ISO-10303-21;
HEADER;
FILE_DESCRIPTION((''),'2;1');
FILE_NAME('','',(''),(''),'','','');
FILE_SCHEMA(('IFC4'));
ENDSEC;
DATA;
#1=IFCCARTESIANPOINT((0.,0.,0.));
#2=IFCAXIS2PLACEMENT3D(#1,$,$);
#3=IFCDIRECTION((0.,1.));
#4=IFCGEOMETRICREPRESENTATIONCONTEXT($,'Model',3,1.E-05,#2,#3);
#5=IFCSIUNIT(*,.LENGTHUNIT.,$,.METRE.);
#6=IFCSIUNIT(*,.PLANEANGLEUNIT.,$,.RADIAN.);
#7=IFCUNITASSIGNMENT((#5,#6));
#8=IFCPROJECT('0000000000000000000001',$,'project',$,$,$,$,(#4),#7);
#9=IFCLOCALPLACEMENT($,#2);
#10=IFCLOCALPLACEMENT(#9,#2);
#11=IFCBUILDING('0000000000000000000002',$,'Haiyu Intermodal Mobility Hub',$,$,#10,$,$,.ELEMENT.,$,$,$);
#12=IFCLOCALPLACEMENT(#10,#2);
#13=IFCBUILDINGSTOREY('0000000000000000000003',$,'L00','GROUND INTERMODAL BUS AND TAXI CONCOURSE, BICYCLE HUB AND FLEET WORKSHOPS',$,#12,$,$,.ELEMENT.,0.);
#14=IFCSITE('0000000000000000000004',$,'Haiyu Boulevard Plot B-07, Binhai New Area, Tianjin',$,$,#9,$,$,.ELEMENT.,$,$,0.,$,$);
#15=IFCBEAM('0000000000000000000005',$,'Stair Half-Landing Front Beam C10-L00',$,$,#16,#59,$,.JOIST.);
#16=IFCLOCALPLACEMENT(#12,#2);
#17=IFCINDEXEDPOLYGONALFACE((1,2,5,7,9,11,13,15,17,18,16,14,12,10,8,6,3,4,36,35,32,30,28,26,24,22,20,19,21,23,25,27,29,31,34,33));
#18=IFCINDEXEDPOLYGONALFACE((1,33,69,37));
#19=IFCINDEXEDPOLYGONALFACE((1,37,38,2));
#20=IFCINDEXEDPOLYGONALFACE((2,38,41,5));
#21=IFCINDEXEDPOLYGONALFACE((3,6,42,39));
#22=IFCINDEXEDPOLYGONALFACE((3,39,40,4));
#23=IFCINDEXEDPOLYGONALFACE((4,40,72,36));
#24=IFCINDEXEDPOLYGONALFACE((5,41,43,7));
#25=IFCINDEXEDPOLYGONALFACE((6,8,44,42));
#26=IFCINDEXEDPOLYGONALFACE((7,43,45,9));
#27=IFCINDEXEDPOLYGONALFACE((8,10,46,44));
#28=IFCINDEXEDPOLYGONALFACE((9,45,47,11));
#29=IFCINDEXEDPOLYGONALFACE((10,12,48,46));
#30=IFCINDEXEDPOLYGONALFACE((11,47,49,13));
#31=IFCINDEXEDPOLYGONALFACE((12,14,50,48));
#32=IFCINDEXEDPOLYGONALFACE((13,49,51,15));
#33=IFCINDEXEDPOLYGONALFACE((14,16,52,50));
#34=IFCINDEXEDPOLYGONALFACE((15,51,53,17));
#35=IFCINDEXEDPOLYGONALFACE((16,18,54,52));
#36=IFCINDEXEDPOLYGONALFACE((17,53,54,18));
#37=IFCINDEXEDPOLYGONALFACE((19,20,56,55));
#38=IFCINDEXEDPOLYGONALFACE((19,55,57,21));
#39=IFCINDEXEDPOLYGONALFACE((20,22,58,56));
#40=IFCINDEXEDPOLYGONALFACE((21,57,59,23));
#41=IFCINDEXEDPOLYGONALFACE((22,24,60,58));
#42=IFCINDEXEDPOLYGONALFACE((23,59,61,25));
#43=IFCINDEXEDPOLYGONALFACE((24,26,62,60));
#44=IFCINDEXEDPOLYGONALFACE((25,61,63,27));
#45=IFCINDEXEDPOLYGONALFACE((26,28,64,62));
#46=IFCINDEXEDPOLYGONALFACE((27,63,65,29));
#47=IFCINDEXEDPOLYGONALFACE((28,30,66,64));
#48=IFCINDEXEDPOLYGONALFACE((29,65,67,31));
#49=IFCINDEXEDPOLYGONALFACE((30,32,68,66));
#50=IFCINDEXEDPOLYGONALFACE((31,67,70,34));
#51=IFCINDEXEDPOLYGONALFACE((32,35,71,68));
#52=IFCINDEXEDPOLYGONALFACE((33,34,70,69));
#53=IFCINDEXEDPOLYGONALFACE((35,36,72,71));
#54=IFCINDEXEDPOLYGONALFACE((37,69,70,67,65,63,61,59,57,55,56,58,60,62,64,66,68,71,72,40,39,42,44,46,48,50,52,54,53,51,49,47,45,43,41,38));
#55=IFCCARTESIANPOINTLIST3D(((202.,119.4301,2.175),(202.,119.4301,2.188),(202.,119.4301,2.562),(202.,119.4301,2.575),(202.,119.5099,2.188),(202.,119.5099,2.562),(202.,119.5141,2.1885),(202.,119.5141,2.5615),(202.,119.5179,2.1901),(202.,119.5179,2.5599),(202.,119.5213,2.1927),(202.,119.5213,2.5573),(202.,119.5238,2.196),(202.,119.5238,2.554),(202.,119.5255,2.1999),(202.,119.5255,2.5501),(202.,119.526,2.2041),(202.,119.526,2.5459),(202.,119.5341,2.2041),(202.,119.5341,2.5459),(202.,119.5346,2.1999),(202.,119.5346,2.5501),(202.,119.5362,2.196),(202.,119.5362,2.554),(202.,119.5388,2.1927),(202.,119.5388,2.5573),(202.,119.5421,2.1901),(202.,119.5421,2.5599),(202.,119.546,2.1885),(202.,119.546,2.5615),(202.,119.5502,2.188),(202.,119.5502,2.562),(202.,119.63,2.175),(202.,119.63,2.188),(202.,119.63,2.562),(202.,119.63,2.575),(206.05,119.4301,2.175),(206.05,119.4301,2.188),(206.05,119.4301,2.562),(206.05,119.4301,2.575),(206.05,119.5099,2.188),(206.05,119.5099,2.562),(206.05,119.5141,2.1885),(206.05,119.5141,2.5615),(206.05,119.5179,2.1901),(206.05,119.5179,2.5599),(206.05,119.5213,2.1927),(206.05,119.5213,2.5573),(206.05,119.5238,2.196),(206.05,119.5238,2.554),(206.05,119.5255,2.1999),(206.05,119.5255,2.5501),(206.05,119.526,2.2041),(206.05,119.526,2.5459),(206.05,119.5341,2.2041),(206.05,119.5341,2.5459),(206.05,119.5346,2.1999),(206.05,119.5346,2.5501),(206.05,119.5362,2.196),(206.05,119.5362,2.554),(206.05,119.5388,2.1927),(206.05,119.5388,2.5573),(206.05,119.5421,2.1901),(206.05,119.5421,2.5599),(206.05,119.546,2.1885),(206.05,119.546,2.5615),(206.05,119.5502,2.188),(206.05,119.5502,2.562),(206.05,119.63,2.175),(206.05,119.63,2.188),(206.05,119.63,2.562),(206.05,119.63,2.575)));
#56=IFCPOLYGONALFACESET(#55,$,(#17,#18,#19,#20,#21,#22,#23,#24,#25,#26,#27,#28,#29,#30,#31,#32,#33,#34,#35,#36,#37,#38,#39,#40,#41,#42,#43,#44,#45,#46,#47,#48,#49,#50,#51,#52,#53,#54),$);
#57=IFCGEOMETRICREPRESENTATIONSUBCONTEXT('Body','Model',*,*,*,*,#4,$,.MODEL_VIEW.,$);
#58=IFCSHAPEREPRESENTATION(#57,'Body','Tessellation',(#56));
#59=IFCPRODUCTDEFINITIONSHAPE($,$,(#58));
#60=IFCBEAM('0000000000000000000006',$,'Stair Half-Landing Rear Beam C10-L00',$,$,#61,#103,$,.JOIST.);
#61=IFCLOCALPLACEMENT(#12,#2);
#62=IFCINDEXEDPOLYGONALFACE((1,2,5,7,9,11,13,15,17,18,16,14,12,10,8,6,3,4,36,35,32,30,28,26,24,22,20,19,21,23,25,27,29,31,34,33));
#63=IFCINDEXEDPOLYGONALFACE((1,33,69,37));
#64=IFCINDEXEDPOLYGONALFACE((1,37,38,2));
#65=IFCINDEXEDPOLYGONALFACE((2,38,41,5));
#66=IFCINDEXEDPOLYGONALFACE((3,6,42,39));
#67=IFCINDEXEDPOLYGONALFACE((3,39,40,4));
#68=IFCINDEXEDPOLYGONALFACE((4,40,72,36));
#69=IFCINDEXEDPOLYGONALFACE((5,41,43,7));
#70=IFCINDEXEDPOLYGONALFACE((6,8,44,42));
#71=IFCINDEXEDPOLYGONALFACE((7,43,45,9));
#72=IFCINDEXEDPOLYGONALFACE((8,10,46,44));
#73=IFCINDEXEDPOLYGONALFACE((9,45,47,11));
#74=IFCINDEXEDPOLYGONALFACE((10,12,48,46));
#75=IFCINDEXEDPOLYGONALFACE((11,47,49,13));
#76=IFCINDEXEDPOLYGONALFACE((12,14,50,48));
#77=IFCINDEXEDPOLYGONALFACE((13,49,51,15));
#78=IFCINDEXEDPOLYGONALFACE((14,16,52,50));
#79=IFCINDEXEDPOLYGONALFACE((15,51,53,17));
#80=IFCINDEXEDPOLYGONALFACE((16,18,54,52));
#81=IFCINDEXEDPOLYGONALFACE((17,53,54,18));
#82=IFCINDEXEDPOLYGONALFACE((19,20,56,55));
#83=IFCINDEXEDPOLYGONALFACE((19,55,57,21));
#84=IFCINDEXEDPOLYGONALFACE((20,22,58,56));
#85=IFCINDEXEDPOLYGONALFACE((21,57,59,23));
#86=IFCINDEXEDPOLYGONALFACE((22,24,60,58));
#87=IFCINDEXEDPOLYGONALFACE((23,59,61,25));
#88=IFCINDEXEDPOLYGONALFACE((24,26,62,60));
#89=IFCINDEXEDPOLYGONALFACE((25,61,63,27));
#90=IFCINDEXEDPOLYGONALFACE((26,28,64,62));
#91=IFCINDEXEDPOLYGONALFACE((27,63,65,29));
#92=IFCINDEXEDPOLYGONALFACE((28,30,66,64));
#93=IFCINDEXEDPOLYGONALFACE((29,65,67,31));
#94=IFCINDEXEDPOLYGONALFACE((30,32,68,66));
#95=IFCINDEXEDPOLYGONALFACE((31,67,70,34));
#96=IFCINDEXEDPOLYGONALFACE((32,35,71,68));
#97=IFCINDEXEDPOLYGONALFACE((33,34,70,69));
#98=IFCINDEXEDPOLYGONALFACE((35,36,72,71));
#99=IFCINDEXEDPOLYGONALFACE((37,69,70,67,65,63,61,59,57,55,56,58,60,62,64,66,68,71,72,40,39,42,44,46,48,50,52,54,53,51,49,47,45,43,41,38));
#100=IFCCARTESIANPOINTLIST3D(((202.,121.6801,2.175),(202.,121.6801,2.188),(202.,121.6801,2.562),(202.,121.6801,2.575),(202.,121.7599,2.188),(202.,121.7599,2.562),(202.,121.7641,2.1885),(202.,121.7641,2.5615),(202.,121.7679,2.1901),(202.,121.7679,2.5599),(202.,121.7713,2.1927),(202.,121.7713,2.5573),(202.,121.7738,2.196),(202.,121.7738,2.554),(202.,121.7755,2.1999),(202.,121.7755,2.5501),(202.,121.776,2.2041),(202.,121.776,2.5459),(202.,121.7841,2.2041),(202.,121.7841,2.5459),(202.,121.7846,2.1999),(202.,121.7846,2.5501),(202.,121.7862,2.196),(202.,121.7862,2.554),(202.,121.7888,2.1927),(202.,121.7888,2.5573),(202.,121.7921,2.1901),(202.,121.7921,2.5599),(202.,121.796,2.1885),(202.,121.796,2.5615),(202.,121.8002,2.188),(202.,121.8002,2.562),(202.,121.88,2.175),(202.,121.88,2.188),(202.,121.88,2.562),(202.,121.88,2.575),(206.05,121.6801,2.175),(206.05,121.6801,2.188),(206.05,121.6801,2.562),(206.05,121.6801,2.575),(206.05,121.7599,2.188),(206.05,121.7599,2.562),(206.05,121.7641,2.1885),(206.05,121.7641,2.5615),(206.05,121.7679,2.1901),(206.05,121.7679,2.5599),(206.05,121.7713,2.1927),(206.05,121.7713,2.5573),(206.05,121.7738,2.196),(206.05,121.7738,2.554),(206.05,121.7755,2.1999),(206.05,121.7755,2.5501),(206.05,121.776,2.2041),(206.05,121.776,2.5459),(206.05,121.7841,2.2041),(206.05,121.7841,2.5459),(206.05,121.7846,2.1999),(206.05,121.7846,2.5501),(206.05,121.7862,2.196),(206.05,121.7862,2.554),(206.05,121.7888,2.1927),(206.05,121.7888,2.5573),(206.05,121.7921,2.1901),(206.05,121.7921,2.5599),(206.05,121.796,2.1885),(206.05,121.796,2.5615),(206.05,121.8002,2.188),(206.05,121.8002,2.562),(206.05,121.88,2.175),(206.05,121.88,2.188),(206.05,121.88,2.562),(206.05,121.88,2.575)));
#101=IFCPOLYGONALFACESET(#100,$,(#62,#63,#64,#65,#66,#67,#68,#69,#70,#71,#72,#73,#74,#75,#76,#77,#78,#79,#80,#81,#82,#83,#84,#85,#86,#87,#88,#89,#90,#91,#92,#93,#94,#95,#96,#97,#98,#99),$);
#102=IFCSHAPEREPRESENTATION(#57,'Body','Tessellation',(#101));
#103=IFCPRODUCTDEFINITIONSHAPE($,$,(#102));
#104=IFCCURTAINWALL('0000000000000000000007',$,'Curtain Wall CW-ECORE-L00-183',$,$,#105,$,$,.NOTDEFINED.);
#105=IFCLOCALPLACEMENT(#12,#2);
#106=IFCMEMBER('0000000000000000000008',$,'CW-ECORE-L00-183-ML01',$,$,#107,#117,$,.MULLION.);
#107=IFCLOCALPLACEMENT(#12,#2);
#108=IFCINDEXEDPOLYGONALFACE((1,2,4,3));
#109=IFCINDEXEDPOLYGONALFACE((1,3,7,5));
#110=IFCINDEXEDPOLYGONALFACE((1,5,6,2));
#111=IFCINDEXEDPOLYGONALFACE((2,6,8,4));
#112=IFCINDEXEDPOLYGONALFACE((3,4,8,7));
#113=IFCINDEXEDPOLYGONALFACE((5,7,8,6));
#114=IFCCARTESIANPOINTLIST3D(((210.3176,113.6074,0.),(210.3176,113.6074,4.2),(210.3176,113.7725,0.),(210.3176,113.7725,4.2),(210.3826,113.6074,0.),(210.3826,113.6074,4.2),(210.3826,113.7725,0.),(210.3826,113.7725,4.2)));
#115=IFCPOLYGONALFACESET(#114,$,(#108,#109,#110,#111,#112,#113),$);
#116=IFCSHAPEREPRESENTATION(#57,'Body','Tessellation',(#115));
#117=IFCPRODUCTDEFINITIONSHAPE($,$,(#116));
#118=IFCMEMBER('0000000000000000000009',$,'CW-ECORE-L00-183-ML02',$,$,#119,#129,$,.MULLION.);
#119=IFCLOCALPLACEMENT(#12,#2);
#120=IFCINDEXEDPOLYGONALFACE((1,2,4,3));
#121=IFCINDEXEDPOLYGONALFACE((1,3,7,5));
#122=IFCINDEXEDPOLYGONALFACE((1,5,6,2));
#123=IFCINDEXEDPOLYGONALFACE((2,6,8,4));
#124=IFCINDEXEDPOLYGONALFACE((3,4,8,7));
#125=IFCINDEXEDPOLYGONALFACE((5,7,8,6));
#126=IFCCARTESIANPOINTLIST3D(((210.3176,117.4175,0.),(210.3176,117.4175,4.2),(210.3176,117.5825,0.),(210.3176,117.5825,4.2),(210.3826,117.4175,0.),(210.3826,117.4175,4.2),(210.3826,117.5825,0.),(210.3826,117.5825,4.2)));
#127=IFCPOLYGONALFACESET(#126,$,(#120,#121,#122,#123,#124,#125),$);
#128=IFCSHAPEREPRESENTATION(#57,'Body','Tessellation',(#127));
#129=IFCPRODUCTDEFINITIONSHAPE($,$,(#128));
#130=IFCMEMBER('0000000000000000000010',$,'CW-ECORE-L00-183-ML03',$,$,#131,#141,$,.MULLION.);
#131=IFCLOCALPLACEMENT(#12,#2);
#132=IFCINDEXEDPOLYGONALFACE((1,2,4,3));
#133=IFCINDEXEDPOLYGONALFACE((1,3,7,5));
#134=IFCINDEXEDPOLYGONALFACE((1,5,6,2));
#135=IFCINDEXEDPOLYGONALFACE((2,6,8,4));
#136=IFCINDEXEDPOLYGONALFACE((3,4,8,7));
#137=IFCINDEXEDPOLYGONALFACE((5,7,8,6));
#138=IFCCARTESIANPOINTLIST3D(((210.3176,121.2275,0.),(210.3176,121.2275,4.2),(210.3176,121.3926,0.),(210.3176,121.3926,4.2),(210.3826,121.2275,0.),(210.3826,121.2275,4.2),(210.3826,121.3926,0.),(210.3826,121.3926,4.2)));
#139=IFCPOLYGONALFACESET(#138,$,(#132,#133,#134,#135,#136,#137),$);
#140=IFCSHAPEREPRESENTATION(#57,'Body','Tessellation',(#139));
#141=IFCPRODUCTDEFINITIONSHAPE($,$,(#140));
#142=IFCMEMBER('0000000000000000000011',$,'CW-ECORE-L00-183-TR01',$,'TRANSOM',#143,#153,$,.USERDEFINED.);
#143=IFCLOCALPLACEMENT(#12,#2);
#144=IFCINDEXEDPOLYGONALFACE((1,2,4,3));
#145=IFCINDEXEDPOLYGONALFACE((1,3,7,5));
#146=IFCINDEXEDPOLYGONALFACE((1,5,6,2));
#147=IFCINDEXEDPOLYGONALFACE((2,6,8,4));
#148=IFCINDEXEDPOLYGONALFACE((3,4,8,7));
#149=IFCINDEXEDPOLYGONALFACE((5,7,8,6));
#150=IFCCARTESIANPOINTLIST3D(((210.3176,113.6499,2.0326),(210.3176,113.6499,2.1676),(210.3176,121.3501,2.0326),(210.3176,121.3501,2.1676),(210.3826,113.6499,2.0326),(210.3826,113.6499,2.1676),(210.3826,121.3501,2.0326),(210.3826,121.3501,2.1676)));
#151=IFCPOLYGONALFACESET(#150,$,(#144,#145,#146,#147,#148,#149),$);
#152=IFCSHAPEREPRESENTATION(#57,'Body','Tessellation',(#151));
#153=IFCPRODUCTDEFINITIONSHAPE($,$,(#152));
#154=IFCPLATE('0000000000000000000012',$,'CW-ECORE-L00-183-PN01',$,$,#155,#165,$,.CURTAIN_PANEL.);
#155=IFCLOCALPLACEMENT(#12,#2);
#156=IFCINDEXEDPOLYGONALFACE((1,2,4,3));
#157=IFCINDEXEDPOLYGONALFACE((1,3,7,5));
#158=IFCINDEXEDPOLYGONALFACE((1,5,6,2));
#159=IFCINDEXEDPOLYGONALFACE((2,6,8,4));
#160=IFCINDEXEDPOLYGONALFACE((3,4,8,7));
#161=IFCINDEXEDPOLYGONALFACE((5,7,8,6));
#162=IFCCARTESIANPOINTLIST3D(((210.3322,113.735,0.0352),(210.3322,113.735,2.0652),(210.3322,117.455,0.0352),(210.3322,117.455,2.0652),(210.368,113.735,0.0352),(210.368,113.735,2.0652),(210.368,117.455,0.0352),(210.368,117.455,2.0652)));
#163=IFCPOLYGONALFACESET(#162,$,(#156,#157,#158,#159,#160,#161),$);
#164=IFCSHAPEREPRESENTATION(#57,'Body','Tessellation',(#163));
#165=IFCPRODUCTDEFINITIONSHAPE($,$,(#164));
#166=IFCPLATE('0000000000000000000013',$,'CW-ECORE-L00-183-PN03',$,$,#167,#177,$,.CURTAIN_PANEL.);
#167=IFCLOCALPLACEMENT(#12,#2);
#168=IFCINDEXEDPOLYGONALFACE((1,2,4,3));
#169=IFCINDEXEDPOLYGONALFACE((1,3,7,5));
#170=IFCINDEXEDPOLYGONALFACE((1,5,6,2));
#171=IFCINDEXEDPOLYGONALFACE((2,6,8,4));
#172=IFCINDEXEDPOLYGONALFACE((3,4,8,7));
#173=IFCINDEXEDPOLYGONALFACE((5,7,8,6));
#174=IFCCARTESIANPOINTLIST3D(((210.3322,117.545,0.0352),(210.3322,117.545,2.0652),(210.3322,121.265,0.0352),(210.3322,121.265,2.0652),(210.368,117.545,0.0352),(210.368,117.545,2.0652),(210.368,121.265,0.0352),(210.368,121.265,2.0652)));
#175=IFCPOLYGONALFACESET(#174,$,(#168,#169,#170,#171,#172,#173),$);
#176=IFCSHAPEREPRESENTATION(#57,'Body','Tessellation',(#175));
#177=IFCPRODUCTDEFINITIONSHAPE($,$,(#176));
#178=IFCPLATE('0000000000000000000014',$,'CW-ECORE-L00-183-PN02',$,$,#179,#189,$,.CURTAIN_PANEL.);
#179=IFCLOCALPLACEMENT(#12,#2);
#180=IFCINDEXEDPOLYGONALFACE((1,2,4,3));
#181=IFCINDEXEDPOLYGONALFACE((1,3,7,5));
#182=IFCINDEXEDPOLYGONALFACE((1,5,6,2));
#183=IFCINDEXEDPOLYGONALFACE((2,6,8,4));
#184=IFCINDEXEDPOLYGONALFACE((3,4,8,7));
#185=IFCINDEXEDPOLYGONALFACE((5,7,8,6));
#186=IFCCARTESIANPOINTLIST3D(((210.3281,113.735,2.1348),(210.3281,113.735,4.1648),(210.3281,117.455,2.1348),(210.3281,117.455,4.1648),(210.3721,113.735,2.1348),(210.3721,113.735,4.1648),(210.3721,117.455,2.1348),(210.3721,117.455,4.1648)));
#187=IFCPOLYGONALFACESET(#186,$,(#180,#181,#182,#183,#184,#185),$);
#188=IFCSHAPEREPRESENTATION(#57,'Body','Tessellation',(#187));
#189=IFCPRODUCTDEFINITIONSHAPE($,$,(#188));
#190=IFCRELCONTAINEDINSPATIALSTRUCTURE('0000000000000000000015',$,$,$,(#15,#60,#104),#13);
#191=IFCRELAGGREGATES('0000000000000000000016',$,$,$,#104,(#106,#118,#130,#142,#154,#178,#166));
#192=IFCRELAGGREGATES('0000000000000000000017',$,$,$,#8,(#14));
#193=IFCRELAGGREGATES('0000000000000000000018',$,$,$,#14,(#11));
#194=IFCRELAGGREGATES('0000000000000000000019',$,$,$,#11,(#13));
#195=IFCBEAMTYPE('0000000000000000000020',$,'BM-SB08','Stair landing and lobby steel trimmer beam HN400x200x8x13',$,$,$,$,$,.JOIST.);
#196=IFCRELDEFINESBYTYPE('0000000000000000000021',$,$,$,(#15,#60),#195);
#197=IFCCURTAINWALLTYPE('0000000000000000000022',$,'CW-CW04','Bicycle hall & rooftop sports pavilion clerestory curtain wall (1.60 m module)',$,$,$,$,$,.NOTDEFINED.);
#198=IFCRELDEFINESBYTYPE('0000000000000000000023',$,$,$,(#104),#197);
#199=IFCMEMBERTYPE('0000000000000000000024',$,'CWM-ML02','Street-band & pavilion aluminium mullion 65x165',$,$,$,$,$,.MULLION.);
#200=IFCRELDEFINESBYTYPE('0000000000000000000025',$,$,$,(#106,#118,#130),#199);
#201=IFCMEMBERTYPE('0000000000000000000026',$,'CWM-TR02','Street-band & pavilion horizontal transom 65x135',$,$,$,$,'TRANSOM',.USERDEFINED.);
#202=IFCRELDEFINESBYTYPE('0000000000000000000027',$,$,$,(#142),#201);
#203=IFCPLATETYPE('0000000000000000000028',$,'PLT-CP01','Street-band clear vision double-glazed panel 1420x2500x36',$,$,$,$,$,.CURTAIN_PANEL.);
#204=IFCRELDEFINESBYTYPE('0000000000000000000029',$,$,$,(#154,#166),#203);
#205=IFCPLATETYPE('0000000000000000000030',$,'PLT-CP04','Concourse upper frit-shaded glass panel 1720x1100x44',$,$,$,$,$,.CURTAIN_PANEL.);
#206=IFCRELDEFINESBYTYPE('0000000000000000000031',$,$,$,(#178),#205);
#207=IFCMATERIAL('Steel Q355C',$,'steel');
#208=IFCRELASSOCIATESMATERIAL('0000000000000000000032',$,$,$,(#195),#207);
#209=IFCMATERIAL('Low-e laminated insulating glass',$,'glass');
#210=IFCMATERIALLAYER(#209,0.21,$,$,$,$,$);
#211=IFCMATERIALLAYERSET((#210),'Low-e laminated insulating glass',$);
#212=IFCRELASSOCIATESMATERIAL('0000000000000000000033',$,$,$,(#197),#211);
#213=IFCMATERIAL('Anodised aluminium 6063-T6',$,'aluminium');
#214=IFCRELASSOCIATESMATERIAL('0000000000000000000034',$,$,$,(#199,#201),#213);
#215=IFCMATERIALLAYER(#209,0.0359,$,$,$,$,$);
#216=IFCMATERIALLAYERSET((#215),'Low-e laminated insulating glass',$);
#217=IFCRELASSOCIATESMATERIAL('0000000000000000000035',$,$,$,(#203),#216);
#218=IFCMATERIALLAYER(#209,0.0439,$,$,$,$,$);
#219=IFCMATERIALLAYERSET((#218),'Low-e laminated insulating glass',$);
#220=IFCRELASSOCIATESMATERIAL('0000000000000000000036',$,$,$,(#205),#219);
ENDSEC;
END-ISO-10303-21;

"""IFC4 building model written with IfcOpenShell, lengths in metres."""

from ifc_helpers import new_model, si_unit, direction, frame, origin, origin_2d, place, context, subcontext, project, spatial, rectangle, i_section, extrude, material, layer, layer_set, material_profile, profile_set, type_object, element, aggregate, save


model = new_model("IFC4")

# Units and contexts
model_context = context("Model", 3, precision=1e-05, world=origin(), true_north=direction((0.0, 1.0)))
body_context = subcontext(model_context, "Body", "Model", "MODEL_VIEW")
ifc_project = project(units=[si_unit("LENGTHUNIT", "METRE"), si_unit("PLANEANGLEUNIT", "RADIAN")], contexts=[model_context])

# Site, building, storey
site_placement = place(None, origin())
site = spatial("IfcSite", under=ifc_project, at=site_placement, Name="Haiyu Boulevard Plot B-07, Binhai New Area, Tianjin", CompositionType="ELEMENT", RefElevation=0.0)
building_placement = place(site_placement, origin())
building = spatial("IfcBuilding", under=site, at=building_placement, Name="Haiyu Intermodal Mobility Hub", CompositionType="ELEMENT")
storey_placement = place(building_placement, origin())
storey = spatial("IfcBuildingStorey", under=building, at=storey_placement, Name="L00", Description="GROUND INTERMODAL BUS AND TAXI CONCOURSE, BICYCLE HUB AND FLEET WORKSHOPS", CompositionType="ELEMENT", Elevation=0.0)

# Beams
ifc_material_1 = material(Name="Steel Q355C", Category="steel")
ifc_material_profile_1 = material_profile(ifc_material_1, i_section(OverallWidth=0.2, OverallDepth=0.3999, WebThickness=0.0081, FlangeThickness=0.0129, FilletRadius=0.0161, at=origin_2d()), Name="HN400x200x8x13")
ifc_profile_set_1 = profile_set([ifc_material_profile_1], Name="Steel Q355C")
beam_type = type_object("IfcBeamType", Name="BM-SB08", Description="Stair landing and lobby steel trimmer beam HN400x200x8x13", PredefinedType="JOIST", material=ifc_profile_set_1)
for number, where, z_axis, x_axis, name in (
    (1, (202.0, 119.53, 2.375), (1.0, 0.0, 0.0), (0.0, 1.0, 0.0), "Stair Half-Landing Front Beam C10-L00"),
    (2, (202.0, 121.78, 2.375), (1.0, 0.0, 0.0), (0.0, 1.0, 0.0), "Stair Half-Landing Rear Beam C10-L00"),
):
    element("IfcBeam", number, at=place(storey_placement, frame(where, z_axis=z_axis, x_axis=x_axis)), inside=storey, type_object=beam_type, Name=name, PredefinedType="JOIST", context=body_context, shape_type="SweptSolid", body=[
        extrude(i_section(OverallWidth=0.2, OverallDepth=0.3999, WebThickness=0.0081, FlangeThickness=0.0129, FilletRadius=0.0161, at=origin_2d()), origin(), (0.0, 0.0, 1.0), 4.05),
    ])

# Curtain wall, members, plates
ifc_material_2 = material(Name="Low-e laminated insulating glass", Category="glass")
ifc_layer_1 = layer(ifc_material_2, 0.21)
ifc_layer_set_1 = layer_set([ifc_layer_1], Name="Low-e laminated insulating glass")
curtain_wall_type = type_object("IfcCurtainWallType", Name="CW-CW04", Description="Bicycle hall & rooftop sports pavilion clerestory curtain wall (1.60 m module)", PredefinedType="NOTDEFINED", material=ifc_layer_set_1)
curtain_wall_placement = place(storey_placement, origin())
curtain_wall = element("IfcCurtainWall", 3, at=curtain_wall_placement, inside=storey, type_object=curtain_wall_type, Name="Curtain Wall CW-ECORE-L00-183", PredefinedType="NOTDEFINED")
ifc_material_3 = material(Name="Anodised aluminium 6063-T6", Category="aluminium")
ifc_material_profile_2 = material_profile(ifc_material_3, rectangle(XDim=0.0649, YDim=0.165, at=origin_2d()), Name="ALU65x165")
ifc_profile_set_2 = profile_set([ifc_material_profile_2], Name="Anodised aluminium 6063-T6")
member_type_1 = type_object("IfcMemberType", Name="CWM-ML02", Description="Street-band & pavilion aluminium mullion 65x165", PredefinedType="MULLION", material=ifc_profile_set_2)
member_1_placement = place(storey_placement, frame((210.3501, 113.6899, 0.0), z_axis=(0.0, 0.0, 1.0), x_axis=(1.0, 0.0, 0.0)))
member_1 = element("IfcMember", 4, at=member_1_placement, type_object=member_type_1, Name="CW-ECORE-L00-183-ML01", PredefinedType="MULLION", context=body_context, shape_type="SweptSolid", body=[
    extrude(rectangle(XDim=0.0649, YDim=0.165, at=origin_2d()), origin(), (0.0, 0.0, 1.0), 4.2),
])
member_2_placement = place(storey_placement, frame((210.3501, 117.5, 0.0), z_axis=(0.0, 0.0, 1.0), x_axis=(1.0, 0.0, 0.0)))
member_2 = element("IfcMember", 5, at=member_2_placement, type_object=member_type_1, Name="CW-ECORE-L00-183-ML02", PredefinedType="MULLION", context=body_context, shape_type="SweptSolid", body=[
    extrude(rectangle(XDim=0.0649, YDim=0.165, at=origin_2d()), origin(), (0.0, 0.0, 1.0), 4.2),
])
member_3_placement = place(storey_placement, frame((210.3501, 121.3101, 0.0), z_axis=(0.0, 0.0, 1.0), x_axis=(1.0, 0.0, 0.0)))
member_3 = element("IfcMember", 6, at=member_3_placement, type_object=member_type_1, Name="CW-ECORE-L00-183-ML03", PredefinedType="MULLION", context=body_context, shape_type="SweptSolid", body=[
    extrude(rectangle(XDim=0.0649, YDim=0.165, at=origin_2d()), origin(), (0.0, 0.0, 1.0), 4.2),
])
ifc_material_profile_3 = material_profile(ifc_material_3, rectangle(XDim=0.0649, YDim=0.135, at=origin_2d()), Name="ALU65x135")
ifc_profile_set_3 = profile_set([ifc_material_profile_3], Name="Anodised aluminium 6063-T6")
member_type_2 = type_object("IfcMemberType", Name="CWM-TR02", Description="Street-band & pavilion horizontal transom 65x135", ElementType="TRANSOM", PredefinedType="USERDEFINED", material=ifc_profile_set_3)
member_4_placement = place(storey_placement, frame((210.3501, 113.6499, 2.1001), z_axis=(0.0, 1.0, 0.0), x_axis=(-1.0, 0.0, 0.0)))
member_4 = element("IfcMember", 7, at=member_4_placement, type_object=member_type_2, Name="CW-ECORE-L00-183-TR01", ObjectType="TRANSOM", PredefinedType="USERDEFINED", context=body_context, shape_type="SweptSolid", body=[
    extrude(rectangle(XDim=0.0649, YDim=0.135, at=origin_2d()), origin(), (0.0, 0.0, 1.0), 7.7002),
])
ifc_layer_2 = layer(ifc_material_2, 0.0359)
ifc_layer_set_2 = layer_set([ifc_layer_2], Name="Low-e laminated insulating glass")
plate_type_1 = type_object("IfcPlateType", Name="PLT-CP01", Description="Street-band clear vision double-glazed panel 1420x2500x36", PredefinedType="CURTAIN_PANEL", material=ifc_layer_set_2)
plate_1_placement = place(storey_placement, frame((210.3501, 115.595, 0.0352), z_axis=(0.0, 0.0, 1.0), x_axis=(0.0, 1.0, 0.0)))
plate_1 = element("IfcPlate", 8, at=plate_1_placement, type_object=plate_type_1, Name="CW-ECORE-L00-183-PN01", PredefinedType="CURTAIN_PANEL", context=body_context, shape_type="SweptSolid", body=[
    extrude(rectangle(XDim=3.72, YDim=0.0359, at=origin_2d()), origin(), (0.0, 0.0, 1.0), 2.03),
])
plate_2_placement = place(storey_placement, frame((210.3501, 119.405, 0.0352), z_axis=(0.0, 0.0, 1.0), x_axis=(0.0, 1.0, 0.0)))
plate_2 = element("IfcPlate", 9, at=plate_2_placement, type_object=plate_type_1, Name="CW-ECORE-L00-183-PN03", PredefinedType="CURTAIN_PANEL", context=body_context, shape_type="SweptSolid", body=[
    extrude(rectangle(XDim=3.72, YDim=0.0359, at=origin_2d()), origin(), (0.0, 0.0, 1.0), 2.03),
])
ifc_layer_3 = layer(ifc_material_2, 0.0439)
ifc_layer_set_3 = layer_set([ifc_layer_3], Name="Low-e laminated insulating glass")
plate_type_2 = type_object("IfcPlateType", Name="PLT-CP04", Description="Concourse upper frit-shaded glass panel 1720x1100x44", PredefinedType="CURTAIN_PANEL", material=ifc_layer_set_3)
plate_3_placement = place(storey_placement, frame((210.3501, 115.595, 2.1348), z_axis=(0.0, 0.0, 1.0), x_axis=(0.0, 1.0, 0.0)))
plate_3 = element("IfcPlate", 10, at=plate_3_placement, type_object=plate_type_2, Name="CW-ECORE-L00-183-PN02", PredefinedType="CURTAIN_PANEL", context=body_context, shape_type="SweptSolid", body=[
    extrude(rectangle(XDim=3.72, YDim=0.0439, at=origin_2d()), origin(), (0.0, 0.0, 1.0), 2.03),
])
aggregate(curtain_wall, [member_1, member_2, member_3, member_4, plate_1, plate_3, plate_2])

save(model, "model.ifc")
